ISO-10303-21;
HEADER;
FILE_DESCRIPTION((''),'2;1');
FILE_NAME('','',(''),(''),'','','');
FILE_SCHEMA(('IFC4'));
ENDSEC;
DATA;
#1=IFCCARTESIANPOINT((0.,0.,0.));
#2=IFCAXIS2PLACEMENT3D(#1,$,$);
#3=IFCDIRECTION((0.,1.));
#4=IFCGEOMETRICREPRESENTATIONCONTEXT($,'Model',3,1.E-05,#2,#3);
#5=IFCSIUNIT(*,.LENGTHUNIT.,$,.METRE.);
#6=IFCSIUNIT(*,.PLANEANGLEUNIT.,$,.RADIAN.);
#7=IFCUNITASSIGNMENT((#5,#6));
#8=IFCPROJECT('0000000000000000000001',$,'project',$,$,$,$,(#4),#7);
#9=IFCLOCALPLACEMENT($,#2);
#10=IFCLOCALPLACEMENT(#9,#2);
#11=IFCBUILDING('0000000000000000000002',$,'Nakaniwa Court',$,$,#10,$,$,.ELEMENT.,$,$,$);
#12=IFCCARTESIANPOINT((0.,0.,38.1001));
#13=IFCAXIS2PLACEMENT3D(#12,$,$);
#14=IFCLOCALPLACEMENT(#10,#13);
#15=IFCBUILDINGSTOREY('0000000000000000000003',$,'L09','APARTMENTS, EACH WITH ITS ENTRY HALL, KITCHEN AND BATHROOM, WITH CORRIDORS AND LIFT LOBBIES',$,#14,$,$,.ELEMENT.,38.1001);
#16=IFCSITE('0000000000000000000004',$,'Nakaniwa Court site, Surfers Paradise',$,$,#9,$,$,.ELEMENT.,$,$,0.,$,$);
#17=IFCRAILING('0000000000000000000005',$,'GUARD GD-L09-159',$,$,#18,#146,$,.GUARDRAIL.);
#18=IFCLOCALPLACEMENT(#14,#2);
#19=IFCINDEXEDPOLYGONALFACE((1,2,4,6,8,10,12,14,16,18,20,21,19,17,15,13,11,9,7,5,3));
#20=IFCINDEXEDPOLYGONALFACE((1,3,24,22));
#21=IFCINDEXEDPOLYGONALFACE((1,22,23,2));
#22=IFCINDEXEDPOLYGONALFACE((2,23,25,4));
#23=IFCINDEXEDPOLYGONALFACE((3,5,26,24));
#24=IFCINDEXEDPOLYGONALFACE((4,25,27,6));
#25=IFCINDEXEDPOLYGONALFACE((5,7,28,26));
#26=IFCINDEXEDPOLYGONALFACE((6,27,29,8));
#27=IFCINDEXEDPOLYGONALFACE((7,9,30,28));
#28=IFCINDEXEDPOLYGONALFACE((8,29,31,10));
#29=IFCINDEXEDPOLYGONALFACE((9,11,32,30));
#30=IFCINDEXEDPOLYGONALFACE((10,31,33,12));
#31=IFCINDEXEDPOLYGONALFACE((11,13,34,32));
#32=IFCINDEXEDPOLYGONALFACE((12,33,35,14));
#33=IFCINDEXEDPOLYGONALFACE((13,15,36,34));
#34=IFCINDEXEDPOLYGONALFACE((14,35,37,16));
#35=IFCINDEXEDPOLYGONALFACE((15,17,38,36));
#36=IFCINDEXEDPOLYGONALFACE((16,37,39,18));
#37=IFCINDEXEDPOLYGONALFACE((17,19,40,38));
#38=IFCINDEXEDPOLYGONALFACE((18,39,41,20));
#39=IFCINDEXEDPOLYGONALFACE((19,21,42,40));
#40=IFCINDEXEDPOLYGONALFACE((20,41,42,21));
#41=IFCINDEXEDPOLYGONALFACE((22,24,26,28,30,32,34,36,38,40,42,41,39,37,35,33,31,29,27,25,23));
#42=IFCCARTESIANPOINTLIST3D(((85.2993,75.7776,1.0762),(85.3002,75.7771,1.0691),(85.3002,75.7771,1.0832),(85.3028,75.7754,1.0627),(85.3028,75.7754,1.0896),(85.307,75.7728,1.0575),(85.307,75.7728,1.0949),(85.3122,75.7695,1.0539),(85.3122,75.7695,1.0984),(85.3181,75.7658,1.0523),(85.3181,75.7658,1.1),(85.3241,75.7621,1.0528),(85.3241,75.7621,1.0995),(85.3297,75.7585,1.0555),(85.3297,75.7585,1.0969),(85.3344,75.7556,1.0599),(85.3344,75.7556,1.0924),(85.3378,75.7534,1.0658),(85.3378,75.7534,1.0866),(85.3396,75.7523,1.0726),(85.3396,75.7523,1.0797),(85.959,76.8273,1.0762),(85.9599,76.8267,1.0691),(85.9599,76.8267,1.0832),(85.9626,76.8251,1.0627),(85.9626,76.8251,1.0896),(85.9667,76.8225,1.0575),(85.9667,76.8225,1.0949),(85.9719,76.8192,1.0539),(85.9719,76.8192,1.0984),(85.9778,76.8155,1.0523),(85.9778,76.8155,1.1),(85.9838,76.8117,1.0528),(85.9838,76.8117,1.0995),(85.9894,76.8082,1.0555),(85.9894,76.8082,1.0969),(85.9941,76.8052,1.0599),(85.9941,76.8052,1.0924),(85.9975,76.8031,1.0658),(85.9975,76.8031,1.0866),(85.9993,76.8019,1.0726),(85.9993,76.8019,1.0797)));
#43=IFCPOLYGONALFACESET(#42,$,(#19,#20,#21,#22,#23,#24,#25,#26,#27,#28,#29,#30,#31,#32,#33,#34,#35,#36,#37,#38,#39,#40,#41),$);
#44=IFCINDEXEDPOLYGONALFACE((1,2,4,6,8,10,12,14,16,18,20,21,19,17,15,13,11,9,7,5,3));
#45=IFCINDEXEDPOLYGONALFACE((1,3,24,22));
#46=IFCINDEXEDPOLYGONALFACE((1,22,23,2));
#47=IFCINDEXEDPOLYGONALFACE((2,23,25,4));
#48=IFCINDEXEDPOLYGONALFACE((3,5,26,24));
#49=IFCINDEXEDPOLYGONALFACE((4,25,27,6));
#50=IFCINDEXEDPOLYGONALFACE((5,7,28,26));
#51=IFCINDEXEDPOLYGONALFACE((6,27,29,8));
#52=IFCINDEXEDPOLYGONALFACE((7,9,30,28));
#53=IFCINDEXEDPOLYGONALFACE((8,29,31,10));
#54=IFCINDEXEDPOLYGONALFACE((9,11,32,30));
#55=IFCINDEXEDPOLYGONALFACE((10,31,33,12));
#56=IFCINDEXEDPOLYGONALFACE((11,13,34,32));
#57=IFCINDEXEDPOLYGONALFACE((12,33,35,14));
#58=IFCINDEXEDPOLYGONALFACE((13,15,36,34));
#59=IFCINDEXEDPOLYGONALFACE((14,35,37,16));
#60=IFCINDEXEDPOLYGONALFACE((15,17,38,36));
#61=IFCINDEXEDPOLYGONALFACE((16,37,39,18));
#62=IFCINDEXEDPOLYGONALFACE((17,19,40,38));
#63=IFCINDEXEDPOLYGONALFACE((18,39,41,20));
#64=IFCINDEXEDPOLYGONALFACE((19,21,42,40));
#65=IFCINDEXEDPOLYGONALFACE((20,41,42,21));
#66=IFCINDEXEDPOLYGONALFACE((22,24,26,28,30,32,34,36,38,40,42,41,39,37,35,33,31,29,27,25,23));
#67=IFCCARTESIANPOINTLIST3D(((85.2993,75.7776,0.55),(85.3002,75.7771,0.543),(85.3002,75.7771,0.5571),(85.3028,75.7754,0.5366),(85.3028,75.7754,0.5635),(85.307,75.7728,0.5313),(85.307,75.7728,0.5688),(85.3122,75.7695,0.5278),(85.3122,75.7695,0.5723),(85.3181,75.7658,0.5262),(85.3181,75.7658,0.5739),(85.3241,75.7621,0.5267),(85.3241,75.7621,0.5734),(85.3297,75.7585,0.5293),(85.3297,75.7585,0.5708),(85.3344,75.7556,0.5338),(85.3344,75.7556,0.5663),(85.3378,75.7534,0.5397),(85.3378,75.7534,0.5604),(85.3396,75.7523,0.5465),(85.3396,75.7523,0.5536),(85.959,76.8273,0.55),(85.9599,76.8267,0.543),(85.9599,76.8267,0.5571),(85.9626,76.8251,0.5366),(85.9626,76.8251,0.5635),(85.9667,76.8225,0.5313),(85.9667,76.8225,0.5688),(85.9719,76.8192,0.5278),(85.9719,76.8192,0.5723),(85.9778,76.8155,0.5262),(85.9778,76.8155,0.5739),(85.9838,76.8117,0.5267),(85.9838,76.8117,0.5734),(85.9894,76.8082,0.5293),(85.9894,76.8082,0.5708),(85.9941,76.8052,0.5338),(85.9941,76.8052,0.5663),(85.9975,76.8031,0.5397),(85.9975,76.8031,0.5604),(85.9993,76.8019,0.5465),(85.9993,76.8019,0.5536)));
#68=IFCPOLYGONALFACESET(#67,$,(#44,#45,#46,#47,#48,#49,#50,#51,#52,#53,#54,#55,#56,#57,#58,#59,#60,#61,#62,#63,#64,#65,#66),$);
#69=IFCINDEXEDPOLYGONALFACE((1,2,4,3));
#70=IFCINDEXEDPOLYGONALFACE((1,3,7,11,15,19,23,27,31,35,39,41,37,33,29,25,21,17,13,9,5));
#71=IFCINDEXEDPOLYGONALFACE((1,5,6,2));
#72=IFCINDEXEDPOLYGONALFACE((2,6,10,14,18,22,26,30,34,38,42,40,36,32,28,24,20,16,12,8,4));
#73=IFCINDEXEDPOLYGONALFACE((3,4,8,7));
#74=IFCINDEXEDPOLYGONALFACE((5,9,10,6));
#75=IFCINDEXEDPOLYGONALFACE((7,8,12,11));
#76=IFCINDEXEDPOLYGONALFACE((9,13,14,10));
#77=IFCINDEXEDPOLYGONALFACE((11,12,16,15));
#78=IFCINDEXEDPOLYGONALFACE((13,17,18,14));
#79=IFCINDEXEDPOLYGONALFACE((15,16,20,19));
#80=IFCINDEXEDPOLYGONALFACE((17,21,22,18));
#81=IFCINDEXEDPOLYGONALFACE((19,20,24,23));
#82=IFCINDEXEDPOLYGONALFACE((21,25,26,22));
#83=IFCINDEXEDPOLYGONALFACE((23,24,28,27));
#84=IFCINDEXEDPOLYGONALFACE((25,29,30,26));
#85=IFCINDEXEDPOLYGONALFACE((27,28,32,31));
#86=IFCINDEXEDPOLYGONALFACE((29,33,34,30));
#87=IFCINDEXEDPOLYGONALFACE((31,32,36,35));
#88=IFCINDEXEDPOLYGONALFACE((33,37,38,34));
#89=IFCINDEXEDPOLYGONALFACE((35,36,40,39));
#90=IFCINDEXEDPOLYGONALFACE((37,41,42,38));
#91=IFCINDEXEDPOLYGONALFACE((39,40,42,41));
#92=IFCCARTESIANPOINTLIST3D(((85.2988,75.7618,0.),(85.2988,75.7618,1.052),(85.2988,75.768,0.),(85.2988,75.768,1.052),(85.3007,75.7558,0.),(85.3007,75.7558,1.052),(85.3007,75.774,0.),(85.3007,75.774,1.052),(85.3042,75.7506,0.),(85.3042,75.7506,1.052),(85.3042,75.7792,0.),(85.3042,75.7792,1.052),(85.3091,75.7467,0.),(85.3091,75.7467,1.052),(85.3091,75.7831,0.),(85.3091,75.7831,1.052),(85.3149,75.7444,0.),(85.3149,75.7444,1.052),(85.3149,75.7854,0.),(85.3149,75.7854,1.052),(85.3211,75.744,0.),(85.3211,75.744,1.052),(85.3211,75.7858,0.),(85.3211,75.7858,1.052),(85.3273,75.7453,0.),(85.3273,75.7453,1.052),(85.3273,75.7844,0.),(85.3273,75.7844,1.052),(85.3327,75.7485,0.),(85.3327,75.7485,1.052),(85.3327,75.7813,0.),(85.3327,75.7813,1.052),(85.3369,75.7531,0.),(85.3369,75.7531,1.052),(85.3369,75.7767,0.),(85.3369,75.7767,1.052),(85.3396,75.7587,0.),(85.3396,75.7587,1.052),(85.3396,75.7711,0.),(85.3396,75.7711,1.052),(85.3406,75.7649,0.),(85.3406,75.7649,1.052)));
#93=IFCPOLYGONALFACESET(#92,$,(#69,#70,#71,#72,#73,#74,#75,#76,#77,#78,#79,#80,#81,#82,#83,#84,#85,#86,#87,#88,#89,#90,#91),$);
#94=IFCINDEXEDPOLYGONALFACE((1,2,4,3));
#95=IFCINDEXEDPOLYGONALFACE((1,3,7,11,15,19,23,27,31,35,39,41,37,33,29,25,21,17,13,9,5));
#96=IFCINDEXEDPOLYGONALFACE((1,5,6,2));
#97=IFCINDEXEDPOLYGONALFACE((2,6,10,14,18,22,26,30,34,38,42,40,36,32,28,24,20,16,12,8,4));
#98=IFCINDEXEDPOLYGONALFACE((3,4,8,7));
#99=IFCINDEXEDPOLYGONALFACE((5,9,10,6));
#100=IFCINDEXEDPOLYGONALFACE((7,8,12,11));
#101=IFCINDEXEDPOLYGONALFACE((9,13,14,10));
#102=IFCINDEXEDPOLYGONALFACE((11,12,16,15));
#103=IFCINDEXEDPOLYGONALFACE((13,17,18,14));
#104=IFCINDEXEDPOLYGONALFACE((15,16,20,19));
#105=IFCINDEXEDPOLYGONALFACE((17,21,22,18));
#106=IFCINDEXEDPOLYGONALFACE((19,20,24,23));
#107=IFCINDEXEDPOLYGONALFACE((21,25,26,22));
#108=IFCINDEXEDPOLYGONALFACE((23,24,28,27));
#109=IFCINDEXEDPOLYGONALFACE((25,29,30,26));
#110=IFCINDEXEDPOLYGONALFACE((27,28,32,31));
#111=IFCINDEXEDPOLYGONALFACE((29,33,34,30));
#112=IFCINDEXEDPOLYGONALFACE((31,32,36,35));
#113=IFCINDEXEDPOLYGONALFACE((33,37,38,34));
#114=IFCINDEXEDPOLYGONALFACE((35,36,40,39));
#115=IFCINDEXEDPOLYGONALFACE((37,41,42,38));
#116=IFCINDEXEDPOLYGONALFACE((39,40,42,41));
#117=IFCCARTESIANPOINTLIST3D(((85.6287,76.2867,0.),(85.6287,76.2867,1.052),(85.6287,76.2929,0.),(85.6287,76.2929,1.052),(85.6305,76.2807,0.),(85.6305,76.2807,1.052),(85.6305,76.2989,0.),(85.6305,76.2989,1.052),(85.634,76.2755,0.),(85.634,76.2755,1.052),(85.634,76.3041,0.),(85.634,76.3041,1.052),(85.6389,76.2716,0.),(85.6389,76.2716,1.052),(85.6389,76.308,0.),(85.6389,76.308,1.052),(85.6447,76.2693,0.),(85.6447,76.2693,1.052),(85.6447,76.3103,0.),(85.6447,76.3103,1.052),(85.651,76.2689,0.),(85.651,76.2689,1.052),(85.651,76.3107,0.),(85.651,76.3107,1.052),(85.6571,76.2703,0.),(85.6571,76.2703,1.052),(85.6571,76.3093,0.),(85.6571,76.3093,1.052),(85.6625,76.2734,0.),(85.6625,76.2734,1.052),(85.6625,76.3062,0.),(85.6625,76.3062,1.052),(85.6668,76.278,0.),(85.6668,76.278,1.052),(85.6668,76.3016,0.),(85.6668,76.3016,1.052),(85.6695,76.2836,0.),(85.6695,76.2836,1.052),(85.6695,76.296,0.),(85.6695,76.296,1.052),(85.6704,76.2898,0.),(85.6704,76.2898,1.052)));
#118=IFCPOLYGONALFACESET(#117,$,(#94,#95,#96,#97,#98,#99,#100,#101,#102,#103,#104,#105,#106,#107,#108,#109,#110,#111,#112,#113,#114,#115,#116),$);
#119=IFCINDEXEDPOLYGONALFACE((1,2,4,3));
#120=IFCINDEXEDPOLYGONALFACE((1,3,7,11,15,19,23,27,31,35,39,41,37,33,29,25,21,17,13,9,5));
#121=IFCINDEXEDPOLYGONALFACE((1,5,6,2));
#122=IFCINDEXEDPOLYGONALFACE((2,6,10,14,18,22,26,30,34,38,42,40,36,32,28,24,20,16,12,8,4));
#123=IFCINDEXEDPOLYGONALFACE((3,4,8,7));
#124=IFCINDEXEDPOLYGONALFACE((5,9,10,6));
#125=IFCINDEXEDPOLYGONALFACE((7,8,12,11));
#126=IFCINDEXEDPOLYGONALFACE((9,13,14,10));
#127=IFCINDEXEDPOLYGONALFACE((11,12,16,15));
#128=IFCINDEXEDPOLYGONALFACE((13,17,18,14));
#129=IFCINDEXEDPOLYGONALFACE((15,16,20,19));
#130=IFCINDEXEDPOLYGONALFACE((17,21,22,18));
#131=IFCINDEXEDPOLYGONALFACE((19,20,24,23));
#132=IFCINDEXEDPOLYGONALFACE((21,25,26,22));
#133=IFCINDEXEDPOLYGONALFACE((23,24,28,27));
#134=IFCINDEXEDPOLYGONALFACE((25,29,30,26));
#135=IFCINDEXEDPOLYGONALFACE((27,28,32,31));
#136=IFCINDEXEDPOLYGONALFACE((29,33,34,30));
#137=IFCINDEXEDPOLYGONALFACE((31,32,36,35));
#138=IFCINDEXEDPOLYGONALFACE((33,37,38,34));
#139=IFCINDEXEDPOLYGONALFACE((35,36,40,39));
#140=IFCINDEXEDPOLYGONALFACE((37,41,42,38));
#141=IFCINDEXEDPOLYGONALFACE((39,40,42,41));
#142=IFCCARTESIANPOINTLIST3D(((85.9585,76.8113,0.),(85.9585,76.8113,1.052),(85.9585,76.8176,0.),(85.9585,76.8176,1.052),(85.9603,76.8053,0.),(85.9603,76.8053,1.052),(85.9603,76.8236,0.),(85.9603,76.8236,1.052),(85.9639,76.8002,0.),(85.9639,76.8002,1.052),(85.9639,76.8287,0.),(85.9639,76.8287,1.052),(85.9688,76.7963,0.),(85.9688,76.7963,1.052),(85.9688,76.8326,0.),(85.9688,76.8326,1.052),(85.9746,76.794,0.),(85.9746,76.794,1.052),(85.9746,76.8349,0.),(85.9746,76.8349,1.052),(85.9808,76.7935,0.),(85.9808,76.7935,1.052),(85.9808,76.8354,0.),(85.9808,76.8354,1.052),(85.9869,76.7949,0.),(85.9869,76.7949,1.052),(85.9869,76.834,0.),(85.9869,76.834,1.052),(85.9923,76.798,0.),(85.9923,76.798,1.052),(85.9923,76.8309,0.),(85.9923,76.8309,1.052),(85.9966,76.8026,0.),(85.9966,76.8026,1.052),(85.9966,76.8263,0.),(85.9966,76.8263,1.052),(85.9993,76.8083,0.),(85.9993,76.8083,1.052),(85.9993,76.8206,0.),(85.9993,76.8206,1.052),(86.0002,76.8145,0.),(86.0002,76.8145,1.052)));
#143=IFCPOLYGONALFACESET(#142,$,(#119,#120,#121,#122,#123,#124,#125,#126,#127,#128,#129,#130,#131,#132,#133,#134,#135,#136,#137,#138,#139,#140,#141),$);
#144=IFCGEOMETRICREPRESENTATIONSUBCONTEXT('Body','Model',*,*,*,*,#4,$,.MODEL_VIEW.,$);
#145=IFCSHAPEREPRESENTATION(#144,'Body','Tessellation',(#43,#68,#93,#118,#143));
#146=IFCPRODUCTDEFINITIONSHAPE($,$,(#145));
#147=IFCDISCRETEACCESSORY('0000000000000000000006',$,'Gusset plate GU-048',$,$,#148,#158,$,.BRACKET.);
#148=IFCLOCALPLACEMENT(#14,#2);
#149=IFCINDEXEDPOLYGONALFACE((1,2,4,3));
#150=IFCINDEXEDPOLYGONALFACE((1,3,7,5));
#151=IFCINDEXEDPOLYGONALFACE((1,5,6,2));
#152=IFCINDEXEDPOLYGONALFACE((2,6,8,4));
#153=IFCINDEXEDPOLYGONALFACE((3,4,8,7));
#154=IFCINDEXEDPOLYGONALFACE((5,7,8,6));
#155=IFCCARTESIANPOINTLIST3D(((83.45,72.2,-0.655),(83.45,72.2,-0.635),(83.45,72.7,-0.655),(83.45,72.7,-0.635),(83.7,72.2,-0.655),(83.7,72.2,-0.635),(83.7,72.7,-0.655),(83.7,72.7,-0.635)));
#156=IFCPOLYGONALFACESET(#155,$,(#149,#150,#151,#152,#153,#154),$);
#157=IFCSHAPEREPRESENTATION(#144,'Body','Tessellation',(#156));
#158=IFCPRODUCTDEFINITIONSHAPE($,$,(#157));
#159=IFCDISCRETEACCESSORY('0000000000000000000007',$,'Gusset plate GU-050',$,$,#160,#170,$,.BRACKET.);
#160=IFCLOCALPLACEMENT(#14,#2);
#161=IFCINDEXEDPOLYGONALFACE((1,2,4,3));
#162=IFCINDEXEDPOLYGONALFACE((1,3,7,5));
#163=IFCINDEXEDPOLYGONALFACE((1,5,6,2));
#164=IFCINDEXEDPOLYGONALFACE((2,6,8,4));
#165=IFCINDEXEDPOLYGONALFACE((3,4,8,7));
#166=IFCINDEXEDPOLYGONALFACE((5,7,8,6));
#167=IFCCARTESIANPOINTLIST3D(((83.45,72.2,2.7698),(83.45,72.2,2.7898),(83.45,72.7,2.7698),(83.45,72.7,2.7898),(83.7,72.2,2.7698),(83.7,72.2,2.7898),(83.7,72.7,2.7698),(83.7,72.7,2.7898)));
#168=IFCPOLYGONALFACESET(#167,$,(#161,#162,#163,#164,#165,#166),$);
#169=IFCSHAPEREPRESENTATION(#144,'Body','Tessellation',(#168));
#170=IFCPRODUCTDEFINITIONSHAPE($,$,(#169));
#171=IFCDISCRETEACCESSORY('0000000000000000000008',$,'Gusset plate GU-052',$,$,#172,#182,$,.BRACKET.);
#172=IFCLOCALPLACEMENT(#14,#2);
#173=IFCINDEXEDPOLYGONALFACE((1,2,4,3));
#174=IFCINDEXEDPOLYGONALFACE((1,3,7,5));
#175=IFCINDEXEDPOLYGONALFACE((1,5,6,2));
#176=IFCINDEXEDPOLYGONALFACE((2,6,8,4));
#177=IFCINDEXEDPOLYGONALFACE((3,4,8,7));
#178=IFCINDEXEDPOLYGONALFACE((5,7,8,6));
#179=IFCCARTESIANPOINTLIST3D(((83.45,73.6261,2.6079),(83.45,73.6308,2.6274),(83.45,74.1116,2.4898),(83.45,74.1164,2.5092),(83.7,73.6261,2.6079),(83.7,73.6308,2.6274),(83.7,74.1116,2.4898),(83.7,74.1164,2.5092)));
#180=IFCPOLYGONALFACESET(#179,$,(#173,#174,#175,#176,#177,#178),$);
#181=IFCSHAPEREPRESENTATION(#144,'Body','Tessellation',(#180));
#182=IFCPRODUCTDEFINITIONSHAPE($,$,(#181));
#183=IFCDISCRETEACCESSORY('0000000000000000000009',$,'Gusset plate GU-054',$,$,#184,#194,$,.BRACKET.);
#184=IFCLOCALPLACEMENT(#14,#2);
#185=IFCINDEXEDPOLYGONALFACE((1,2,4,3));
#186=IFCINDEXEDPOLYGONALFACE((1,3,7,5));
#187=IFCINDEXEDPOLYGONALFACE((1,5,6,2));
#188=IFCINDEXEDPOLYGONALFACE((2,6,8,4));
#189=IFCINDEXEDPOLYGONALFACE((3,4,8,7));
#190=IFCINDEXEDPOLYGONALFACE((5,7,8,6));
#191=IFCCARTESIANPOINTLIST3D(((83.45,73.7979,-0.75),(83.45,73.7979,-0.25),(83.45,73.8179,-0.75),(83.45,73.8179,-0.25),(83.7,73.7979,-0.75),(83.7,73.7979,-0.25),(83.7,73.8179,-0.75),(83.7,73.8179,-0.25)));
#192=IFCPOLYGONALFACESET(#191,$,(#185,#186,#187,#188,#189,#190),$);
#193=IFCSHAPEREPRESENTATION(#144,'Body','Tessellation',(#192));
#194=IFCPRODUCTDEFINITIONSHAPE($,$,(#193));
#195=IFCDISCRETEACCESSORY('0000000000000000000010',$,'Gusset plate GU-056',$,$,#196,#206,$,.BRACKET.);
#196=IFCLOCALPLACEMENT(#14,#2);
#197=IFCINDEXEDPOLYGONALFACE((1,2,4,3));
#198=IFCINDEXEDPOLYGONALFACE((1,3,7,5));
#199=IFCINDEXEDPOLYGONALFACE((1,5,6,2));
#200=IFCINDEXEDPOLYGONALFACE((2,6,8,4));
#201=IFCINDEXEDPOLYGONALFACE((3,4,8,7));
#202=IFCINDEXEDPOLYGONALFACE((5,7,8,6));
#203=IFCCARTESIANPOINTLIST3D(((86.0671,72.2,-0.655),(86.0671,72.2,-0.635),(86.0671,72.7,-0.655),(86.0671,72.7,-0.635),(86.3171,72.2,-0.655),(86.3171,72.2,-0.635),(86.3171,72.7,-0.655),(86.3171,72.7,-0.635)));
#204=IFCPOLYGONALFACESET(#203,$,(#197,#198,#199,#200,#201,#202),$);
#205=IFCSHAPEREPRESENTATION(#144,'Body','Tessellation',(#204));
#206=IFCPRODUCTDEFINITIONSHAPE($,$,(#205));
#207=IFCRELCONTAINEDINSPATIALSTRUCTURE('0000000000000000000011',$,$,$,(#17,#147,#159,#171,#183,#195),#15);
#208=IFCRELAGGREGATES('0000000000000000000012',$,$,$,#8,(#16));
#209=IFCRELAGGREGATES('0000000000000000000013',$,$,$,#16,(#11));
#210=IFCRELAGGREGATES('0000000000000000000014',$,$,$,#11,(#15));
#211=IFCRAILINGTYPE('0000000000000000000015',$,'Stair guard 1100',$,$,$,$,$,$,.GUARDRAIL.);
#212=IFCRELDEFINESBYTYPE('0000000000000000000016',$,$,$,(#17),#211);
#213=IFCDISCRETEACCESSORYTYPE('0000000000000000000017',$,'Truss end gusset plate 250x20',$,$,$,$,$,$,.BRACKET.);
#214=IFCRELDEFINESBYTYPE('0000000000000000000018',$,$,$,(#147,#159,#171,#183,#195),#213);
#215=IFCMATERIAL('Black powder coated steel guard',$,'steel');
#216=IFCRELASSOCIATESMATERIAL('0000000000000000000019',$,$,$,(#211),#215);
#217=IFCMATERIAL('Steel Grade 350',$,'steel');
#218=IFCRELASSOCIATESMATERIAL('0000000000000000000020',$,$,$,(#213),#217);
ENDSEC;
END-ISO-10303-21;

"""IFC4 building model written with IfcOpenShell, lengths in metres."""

from ifc_helpers import new_model, si_unit, direction, frame, origin, origin_2d, place, context, subcontext, project, spatial, rectangle, circle, extrude, material, material_profile, profile_set, type_object, element, save


model = new_model("IFC4")

# Units and contexts
model_context = context("Model", 3, precision=1e-05, world=origin(), true_north=direction((0.0, 1.0)))
body_context = subcontext(model_context, "Body", "Model", "MODEL_VIEW")
ifc_project = project(units=[si_unit("LENGTHUNIT", "METRE"), si_unit("PLANEANGLEUNIT", "RADIAN")], contexts=[model_context])

# Site, building, storey
site_placement = place(None, origin())
site = spatial("IfcSite", under=ifc_project, at=site_placement, Name="Nakaniwa Court site, Surfers Paradise", CompositionType="ELEMENT", RefElevation=0.0)
building_placement = place(site_placement, origin())
building = spatial("IfcBuilding", under=site, at=building_placement, Name="Nakaniwa Court", CompositionType="ELEMENT")
storey_placement = place(building_placement, frame((0.0, 0.0, 38.1001)))
storey = spatial("IfcBuildingStorey", under=building, at=storey_placement, Name="L09", Description="APARTMENTS, EACH WITH ITS ENTRY HALL, KITCHEN AND BATHROOM, WITH CORRIDORS AND LIFT LOBBIES", CompositionType="ELEMENT", Elevation=38.1001)

# Shared definitions
ifc_material_1 = material(Name="Steel Grade 350", Category="steel")

# Railing
ifc_material_2 = material(Name="Black powder coated steel guard", Category="steel")
railing_type = type_object("IfcRailingType", Name="Stair guard 1100", PredefinedType="GUARDRAIL", material=ifc_material_2)
railing_1_placement = place(storey_placement, frame((85.3196, 75.7649, 0.0)))
element("IfcRailing", 1, at=railing_1_placement, inside=storey, type_object=railing_type, Name="GUARD GD-L09-159", PredefinedType="GUARDRAIL", context=body_context, shape_type="SweptSolid", body=[
    extrude(circle(Radius=0.0239, at=origin_2d()), frame((0.0, 0.0, 1.0762), z_axis=(0.532139, 0.846657, 0.0), x_axis=(-0.846657, 0.532139, 0.0)), (0.0, 0.0, 1.0), 1.2397),
    extrude(circle(Radius=0.0239, at=origin_2d()), frame((0.0, 0.0, 0.55), z_axis=(0.532139, 0.846657, 0.0), x_axis=(-0.846657, 0.532139, 0.0)), (0.0, 0.0, 1.0), 1.2397),
    extrude(circle(Radius=0.021, at=origin_2d()), origin(), (0.0, 0.0, 1.0), 1.052),
    extrude(circle(Radius=0.021, at=origin_2d()), frame((0.3298, 0.5249, 0.0)), (0.0, 0.0, 1.0), 1.052),
    extrude(circle(Radius=0.021, at=origin_2d()), frame((0.6597, 1.0496, 0.0)), (0.0, 0.0, 1.0), 1.052),
])

# Discrete accessories
ifc_material_profile_1 = material_profile(ifc_material_1, rectangle(XDim=0.25, YDim=0.02, at=origin_2d()), Name="Truss end gusset plate 250x20")
ifc_profile_set_1 = profile_set([ifc_material_profile_1], Name="Steel Grade 350")
discrete_accessory_type = type_object("IfcDiscreteAccessoryType", Name="Truss end gusset plate 250x20", PredefinedType="BRACKET", material=ifc_profile_set_1)
for number, where, z_axis, x_axis, name in (
    (2, (83.575, 72.7, -0.645), (0.0, -1.0, 0.0), (1.0, 0.0, 0.0), "Gusset plate GU-048"),
    (3, (83.575, 72.7, 2.7798), (0.0, -1.0, 0.0), (1.0, 0.0, 0.0), "Gusset plate GU-050"),
):
    element("IfcDiscreteAccessory", number, at=place(storey_placement, frame(where, z_axis=z_axis, x_axis=x_axis)), inside=storey, type_object=discrete_accessory_type, Name=name, PredefinedType="BRACKET", context=body_context, shape_type="SweptSolid", body=[
        extrude(rectangle(XDim=0.25, YDim=0.02, at=origin_2d()), origin(), (0.0, 0.0, 1.0), 0.5),
    ])
discrete_accessory_placement = place(storey_placement, frame((83.575, 74.114, 2.4995), z_axis=(0.0, -0.971646, 0.236439), x_axis=(1.0, 0.0, 0.0)))
element("IfcDiscreteAccessory", 4, at=discrete_accessory_placement, inside=storey, type_object=discrete_accessory_type, Name="Gusset plate GU-052", PredefinedType="BRACKET", context=body_context, shape_type="SweptSolid", body=[
    extrude(rectangle(XDim=0.25, YDim=0.02, at=origin_2d()), origin(), (0.0, 0.0, 1.0), 0.4998),
])
for number, where, z_axis, x_axis, name in (
    (5, (83.575, 73.8079, -0.25), (0.0, 0.0, -1.0), (1.0, 0.0, 0.0), "Gusset plate GU-054"),
    (6, (86.1921, 72.7, -0.645), (0.0, -1.0, 0.0), (1.0, 0.0, 0.0), "Gusset plate GU-056"),
):
    element("IfcDiscreteAccessory", number, at=place(storey_placement, frame(where, z_axis=z_axis, x_axis=x_axis)), inside=storey, type_object=discrete_accessory_type, Name=name, PredefinedType="BRACKET", context=body_context, shape_type="SweptSolid", body=[
        extrude(rectangle(XDim=0.25, YDim=0.02, at=origin_2d()), origin(), (0.0, 0.0, 1.0), 0.5),
    ])

save(model, "model.ifc")
